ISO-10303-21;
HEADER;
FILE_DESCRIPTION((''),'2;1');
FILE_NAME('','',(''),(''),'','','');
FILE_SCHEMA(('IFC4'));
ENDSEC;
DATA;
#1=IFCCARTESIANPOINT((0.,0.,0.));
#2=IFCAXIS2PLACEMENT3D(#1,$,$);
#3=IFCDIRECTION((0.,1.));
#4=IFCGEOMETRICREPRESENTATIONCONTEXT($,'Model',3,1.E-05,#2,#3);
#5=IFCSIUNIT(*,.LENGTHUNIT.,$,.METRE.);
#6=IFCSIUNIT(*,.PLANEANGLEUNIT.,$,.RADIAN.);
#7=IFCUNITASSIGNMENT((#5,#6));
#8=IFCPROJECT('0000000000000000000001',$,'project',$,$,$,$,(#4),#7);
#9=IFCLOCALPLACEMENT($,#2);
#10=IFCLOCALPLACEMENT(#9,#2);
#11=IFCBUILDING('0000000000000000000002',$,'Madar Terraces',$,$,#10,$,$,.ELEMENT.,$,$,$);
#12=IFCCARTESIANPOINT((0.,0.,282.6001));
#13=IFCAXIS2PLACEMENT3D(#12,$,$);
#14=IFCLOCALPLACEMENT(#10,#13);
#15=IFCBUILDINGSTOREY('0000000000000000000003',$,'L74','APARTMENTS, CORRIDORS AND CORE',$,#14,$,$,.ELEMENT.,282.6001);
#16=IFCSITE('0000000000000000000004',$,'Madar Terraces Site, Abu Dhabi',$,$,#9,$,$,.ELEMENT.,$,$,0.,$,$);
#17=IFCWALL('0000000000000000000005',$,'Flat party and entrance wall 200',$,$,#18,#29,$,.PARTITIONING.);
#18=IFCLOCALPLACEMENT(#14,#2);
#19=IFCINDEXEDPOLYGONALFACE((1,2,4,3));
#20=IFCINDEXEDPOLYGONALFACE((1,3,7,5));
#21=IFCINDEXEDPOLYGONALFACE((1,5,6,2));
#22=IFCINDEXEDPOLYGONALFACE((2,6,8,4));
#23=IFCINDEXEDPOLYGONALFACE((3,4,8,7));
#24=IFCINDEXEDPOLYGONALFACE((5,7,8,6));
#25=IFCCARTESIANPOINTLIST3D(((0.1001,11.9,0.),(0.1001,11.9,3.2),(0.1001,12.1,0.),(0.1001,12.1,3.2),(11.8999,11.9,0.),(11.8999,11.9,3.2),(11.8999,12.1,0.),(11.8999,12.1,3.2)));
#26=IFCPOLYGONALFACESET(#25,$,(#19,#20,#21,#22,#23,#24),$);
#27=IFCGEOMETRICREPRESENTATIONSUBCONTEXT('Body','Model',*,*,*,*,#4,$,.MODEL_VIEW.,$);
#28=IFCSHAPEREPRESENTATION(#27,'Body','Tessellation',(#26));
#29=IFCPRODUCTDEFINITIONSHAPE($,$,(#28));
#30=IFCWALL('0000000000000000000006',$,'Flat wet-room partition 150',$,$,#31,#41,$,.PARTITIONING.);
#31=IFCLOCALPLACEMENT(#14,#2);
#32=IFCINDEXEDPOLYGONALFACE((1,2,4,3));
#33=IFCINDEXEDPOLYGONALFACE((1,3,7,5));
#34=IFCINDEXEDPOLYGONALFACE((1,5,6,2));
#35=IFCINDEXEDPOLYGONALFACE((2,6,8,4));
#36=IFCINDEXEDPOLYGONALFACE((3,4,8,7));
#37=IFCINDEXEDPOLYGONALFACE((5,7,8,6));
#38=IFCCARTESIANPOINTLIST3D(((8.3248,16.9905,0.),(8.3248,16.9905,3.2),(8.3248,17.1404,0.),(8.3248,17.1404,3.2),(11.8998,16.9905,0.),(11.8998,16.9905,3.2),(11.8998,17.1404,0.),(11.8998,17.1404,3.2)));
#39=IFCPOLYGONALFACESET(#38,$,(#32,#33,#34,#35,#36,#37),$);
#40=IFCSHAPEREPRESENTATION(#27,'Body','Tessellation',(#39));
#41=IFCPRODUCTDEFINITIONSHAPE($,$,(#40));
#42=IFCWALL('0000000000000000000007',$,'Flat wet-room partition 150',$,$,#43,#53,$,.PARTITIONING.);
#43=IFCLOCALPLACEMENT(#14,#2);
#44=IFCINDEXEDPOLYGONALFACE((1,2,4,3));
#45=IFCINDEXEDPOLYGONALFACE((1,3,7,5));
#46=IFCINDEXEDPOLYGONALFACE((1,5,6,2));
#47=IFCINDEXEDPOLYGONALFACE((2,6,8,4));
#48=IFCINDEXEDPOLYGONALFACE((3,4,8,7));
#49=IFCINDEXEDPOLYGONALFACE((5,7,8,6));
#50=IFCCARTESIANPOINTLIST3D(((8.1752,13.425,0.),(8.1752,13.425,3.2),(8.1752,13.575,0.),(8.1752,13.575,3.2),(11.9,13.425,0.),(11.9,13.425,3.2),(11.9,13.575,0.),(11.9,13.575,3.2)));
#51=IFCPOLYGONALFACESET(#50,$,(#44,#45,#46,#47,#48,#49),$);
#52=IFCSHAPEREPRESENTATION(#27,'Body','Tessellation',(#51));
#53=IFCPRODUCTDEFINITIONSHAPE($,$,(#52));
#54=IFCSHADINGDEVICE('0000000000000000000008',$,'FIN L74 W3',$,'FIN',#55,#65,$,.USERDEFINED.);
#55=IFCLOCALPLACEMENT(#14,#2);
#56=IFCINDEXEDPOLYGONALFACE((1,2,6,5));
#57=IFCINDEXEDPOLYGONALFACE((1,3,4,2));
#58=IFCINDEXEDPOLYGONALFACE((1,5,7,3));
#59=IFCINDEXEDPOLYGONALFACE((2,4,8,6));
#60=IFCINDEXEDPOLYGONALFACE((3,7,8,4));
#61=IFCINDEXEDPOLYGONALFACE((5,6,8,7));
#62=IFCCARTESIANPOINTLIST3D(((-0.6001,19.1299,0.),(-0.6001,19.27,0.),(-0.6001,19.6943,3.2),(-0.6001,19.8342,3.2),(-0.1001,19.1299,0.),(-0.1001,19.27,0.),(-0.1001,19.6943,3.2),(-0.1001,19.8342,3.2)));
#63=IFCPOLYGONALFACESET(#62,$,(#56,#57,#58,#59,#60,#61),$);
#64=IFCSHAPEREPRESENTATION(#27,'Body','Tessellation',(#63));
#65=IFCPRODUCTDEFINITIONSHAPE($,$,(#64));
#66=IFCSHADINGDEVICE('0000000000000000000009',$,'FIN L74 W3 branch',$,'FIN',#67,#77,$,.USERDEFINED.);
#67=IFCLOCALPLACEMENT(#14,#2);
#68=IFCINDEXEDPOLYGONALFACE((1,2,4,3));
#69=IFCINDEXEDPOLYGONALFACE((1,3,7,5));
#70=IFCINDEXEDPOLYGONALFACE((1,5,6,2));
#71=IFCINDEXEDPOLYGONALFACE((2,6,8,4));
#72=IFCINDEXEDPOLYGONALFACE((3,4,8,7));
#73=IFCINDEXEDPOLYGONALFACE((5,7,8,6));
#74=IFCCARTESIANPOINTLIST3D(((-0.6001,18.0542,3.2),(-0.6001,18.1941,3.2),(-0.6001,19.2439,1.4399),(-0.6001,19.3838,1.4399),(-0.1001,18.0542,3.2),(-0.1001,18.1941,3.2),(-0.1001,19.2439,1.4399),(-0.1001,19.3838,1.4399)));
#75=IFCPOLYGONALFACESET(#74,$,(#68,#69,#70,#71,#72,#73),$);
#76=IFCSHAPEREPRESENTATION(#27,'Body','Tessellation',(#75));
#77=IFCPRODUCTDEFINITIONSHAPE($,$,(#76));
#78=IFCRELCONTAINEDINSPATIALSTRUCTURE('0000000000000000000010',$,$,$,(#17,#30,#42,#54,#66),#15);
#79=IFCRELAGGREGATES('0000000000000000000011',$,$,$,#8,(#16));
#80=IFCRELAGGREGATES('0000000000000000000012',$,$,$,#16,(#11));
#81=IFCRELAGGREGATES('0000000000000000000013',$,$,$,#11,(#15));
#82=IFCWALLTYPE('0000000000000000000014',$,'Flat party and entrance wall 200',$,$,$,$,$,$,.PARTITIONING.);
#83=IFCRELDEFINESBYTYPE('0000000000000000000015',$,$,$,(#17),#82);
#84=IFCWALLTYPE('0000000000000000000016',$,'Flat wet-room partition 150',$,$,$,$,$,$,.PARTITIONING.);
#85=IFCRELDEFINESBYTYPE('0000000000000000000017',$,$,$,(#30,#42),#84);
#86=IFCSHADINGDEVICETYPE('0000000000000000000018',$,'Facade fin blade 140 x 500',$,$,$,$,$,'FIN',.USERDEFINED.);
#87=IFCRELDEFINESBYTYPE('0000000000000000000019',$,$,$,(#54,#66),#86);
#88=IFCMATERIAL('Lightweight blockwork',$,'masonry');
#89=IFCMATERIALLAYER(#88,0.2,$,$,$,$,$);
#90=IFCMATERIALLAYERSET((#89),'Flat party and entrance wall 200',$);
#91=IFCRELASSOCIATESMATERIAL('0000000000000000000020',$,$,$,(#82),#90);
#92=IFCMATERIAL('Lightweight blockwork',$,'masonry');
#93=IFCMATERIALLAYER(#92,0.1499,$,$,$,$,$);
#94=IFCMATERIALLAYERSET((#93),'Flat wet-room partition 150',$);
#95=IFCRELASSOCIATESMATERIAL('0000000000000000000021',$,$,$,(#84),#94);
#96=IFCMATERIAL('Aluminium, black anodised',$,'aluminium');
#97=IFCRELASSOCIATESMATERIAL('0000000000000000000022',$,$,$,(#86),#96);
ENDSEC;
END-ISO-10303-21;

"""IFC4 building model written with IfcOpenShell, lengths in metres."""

from ifc_helpers import new_model, si_unit, direction, frame, frame_2d, origin, place, context, subcontext, project, spatial, polyline, rectangle, outline, extrude, material, layer, layer_set, type_object, element, save


model = new_model("IFC4")

# Units and contexts
model_context = context("Model", 3, precision=1e-05, world=origin(), true_north=direction((0.0, 1.0)))
body_context = subcontext(model_context, "Body", "Model", "MODEL_VIEW")
ifc_project = project(units=[si_unit("LENGTHUNIT", "METRE"), si_unit("PLANEANGLEUNIT", "RADIAN")], contexts=[model_context])

# Site, building, storey
site_placement = place(None, origin())
site = spatial("IfcSite", under=ifc_project, at=site_placement, Name="Madar Terraces Site, Abu Dhabi", CompositionType="ELEMENT", RefElevation=0.0)
building_placement = place(site_placement, origin())
building = spatial("IfcBuilding", under=site, at=building_placement, Name="Madar Terraces", CompositionType="ELEMENT")
storey_placement = place(building_placement, frame((0.0, 0.0, 282.6001)))
storey = spatial("IfcBuildingStorey", under=building, at=storey_placement, Name="L74", Description="APARTMENTS, CORRIDORS AND CORE", CompositionType="ELEMENT", Elevation=282.6001)

# Shared definitions
ifc_material_1 = material(Name="Lightweight blockwork", Category="masonry")
ifc_layer_1 = layer(ifc_material_1, 0.2)
ifc_layer_set_1 = layer_set([ifc_layer_1], Name="Flat party and entrance wall 200")
wall_type_1 = type_object("IfcWallType", Name="Flat party and entrance wall 200", PredefinedType="PARTITIONING", material=ifc_layer_set_1)

# Walls
wall_1_placement = place(storey_placement, frame((0.1001, 12.0, 0.0), z_axis=(0.0, 0.0, 1.0), x_axis=(1.0, 0.0, 0.0)))
element("IfcWall", 1, at=wall_1_placement, inside=storey, type_object=wall_type_1, Name="Flat party and entrance wall 200", PredefinedType="PARTITIONING", context=body_context, shape_type="SweptSolid", body=[
    extrude(rectangle(XDim=11.7998, YDim=0.2, at=frame_2d((5.8999, 0.0))), origin(), (0.0, 0.0, 1.0), 3.2),
])
ifc_material_2 = material(Name="Lightweight blockwork", Category="masonry")
ifc_layer_2 = layer(ifc_material_2, 0.1499)
ifc_layer_set_2 = layer_set([ifc_layer_2], Name="Flat wet-room partition 150")
wall_type_2 = type_object("IfcWallType", Name="Flat wet-room partition 150", PredefinedType="PARTITIONING", material=ifc_layer_set_2)
wall_2_placement = place(storey_placement, frame((11.8999, 17.0654, 0.0), z_axis=(0.0, 0.0, 1.0), x_axis=(-1.0, 0.0, 0.0)))
element("IfcWall", 2, at=wall_2_placement, inside=storey, type_object=wall_type_2, Name="Flat wet-room partition 150", PredefinedType="PARTITIONING", context=body_context, shape_type="SweptSolid", body=[
    extrude(rectangle(XDim=3.575, YDim=0.1499, at=frame_2d((1.7876, 0.0))), origin(), (0.0, 0.0, 1.0), 3.2),
])
wall_3_placement = place(storey_placement, frame((11.8999, 13.5, 0.0), z_axis=(0.0, 0.0, 1.0), x_axis=(-1.0, 0.0, 0.0)))
element("IfcWall", 3, at=wall_3_placement, inside=storey, type_object=wall_type_2, Name="Flat wet-room partition 150", PredefinedType="PARTITIONING", context=body_context, shape_type="SweptSolid", body=[
    extrude(rectangle(XDim=3.7249, YDim=0.1499, at=frame_2d((1.8623, 0.0))), origin(), (0.0, 0.0, 1.0), 3.2),
])

# Shading devices
ifc_material_3 = material(Name="Aluminium, black anodised", Category="aluminium")
shading_device_type = type_object("IfcShadingDeviceType", Name="Facade fin blade 140 x 500", ElementType="FIN", PredefinedType="USERDEFINED", material=ifc_material_3)
shading_device_1_placement = place(storey_placement, frame((-0.3501, 19.27, 0.0), z_axis=(0.0, 0.0, 1.0), x_axis=(0.0, -1.0, 0.0)))
element("IfcShadingDevice", 4, at=shading_device_1_placement, inside=storey, type_object=shading_device_type, Name="FIN L74 W3", ObjectType="FIN", PredefinedType="USERDEFINED", context=body_context, shape_type="SweptSolid", body=[
    extrude(outline(polyline([(0.0, 0.0), (0.1401, 0.0), (-0.4243, 3.2), (-0.5642, 3.2), (0.0, 0.0)])), frame((0.0, 0.25, 0.0), z_axis=(0.0, -1.0, 0.0), x_axis=(1.0, 0.0, 0.0)), (0.0, 0.0, 1.0), 0.5),
])
shading_device_2_placement = place(storey_placement, frame((-0.3501, 19.3838, 1.4399), z_axis=(0.0, 0.0, 1.0), x_axis=(0.0, -1.0, 0.0)))
element("IfcShadingDevice", 5, at=shading_device_2_placement, inside=storey, type_object=shading_device_type, Name="FIN L74 W3 branch", ObjectType="FIN", PredefinedType="USERDEFINED", context=body_context, shape_type="SweptSolid", body=[
    extrude(outline(polyline([(0.0, 0.0), (0.1399, 0.0), (1.3296, 1.76), (1.1897, 1.76), (0.0, 0.0)])), frame((0.0, 0.25, 0.0), z_axis=(0.0, -1.0, 0.0), x_axis=(1.0, 0.0, 0.0)), (0.0, 0.0, 1.0), 0.5),
])

save(model, "model.ifc")
